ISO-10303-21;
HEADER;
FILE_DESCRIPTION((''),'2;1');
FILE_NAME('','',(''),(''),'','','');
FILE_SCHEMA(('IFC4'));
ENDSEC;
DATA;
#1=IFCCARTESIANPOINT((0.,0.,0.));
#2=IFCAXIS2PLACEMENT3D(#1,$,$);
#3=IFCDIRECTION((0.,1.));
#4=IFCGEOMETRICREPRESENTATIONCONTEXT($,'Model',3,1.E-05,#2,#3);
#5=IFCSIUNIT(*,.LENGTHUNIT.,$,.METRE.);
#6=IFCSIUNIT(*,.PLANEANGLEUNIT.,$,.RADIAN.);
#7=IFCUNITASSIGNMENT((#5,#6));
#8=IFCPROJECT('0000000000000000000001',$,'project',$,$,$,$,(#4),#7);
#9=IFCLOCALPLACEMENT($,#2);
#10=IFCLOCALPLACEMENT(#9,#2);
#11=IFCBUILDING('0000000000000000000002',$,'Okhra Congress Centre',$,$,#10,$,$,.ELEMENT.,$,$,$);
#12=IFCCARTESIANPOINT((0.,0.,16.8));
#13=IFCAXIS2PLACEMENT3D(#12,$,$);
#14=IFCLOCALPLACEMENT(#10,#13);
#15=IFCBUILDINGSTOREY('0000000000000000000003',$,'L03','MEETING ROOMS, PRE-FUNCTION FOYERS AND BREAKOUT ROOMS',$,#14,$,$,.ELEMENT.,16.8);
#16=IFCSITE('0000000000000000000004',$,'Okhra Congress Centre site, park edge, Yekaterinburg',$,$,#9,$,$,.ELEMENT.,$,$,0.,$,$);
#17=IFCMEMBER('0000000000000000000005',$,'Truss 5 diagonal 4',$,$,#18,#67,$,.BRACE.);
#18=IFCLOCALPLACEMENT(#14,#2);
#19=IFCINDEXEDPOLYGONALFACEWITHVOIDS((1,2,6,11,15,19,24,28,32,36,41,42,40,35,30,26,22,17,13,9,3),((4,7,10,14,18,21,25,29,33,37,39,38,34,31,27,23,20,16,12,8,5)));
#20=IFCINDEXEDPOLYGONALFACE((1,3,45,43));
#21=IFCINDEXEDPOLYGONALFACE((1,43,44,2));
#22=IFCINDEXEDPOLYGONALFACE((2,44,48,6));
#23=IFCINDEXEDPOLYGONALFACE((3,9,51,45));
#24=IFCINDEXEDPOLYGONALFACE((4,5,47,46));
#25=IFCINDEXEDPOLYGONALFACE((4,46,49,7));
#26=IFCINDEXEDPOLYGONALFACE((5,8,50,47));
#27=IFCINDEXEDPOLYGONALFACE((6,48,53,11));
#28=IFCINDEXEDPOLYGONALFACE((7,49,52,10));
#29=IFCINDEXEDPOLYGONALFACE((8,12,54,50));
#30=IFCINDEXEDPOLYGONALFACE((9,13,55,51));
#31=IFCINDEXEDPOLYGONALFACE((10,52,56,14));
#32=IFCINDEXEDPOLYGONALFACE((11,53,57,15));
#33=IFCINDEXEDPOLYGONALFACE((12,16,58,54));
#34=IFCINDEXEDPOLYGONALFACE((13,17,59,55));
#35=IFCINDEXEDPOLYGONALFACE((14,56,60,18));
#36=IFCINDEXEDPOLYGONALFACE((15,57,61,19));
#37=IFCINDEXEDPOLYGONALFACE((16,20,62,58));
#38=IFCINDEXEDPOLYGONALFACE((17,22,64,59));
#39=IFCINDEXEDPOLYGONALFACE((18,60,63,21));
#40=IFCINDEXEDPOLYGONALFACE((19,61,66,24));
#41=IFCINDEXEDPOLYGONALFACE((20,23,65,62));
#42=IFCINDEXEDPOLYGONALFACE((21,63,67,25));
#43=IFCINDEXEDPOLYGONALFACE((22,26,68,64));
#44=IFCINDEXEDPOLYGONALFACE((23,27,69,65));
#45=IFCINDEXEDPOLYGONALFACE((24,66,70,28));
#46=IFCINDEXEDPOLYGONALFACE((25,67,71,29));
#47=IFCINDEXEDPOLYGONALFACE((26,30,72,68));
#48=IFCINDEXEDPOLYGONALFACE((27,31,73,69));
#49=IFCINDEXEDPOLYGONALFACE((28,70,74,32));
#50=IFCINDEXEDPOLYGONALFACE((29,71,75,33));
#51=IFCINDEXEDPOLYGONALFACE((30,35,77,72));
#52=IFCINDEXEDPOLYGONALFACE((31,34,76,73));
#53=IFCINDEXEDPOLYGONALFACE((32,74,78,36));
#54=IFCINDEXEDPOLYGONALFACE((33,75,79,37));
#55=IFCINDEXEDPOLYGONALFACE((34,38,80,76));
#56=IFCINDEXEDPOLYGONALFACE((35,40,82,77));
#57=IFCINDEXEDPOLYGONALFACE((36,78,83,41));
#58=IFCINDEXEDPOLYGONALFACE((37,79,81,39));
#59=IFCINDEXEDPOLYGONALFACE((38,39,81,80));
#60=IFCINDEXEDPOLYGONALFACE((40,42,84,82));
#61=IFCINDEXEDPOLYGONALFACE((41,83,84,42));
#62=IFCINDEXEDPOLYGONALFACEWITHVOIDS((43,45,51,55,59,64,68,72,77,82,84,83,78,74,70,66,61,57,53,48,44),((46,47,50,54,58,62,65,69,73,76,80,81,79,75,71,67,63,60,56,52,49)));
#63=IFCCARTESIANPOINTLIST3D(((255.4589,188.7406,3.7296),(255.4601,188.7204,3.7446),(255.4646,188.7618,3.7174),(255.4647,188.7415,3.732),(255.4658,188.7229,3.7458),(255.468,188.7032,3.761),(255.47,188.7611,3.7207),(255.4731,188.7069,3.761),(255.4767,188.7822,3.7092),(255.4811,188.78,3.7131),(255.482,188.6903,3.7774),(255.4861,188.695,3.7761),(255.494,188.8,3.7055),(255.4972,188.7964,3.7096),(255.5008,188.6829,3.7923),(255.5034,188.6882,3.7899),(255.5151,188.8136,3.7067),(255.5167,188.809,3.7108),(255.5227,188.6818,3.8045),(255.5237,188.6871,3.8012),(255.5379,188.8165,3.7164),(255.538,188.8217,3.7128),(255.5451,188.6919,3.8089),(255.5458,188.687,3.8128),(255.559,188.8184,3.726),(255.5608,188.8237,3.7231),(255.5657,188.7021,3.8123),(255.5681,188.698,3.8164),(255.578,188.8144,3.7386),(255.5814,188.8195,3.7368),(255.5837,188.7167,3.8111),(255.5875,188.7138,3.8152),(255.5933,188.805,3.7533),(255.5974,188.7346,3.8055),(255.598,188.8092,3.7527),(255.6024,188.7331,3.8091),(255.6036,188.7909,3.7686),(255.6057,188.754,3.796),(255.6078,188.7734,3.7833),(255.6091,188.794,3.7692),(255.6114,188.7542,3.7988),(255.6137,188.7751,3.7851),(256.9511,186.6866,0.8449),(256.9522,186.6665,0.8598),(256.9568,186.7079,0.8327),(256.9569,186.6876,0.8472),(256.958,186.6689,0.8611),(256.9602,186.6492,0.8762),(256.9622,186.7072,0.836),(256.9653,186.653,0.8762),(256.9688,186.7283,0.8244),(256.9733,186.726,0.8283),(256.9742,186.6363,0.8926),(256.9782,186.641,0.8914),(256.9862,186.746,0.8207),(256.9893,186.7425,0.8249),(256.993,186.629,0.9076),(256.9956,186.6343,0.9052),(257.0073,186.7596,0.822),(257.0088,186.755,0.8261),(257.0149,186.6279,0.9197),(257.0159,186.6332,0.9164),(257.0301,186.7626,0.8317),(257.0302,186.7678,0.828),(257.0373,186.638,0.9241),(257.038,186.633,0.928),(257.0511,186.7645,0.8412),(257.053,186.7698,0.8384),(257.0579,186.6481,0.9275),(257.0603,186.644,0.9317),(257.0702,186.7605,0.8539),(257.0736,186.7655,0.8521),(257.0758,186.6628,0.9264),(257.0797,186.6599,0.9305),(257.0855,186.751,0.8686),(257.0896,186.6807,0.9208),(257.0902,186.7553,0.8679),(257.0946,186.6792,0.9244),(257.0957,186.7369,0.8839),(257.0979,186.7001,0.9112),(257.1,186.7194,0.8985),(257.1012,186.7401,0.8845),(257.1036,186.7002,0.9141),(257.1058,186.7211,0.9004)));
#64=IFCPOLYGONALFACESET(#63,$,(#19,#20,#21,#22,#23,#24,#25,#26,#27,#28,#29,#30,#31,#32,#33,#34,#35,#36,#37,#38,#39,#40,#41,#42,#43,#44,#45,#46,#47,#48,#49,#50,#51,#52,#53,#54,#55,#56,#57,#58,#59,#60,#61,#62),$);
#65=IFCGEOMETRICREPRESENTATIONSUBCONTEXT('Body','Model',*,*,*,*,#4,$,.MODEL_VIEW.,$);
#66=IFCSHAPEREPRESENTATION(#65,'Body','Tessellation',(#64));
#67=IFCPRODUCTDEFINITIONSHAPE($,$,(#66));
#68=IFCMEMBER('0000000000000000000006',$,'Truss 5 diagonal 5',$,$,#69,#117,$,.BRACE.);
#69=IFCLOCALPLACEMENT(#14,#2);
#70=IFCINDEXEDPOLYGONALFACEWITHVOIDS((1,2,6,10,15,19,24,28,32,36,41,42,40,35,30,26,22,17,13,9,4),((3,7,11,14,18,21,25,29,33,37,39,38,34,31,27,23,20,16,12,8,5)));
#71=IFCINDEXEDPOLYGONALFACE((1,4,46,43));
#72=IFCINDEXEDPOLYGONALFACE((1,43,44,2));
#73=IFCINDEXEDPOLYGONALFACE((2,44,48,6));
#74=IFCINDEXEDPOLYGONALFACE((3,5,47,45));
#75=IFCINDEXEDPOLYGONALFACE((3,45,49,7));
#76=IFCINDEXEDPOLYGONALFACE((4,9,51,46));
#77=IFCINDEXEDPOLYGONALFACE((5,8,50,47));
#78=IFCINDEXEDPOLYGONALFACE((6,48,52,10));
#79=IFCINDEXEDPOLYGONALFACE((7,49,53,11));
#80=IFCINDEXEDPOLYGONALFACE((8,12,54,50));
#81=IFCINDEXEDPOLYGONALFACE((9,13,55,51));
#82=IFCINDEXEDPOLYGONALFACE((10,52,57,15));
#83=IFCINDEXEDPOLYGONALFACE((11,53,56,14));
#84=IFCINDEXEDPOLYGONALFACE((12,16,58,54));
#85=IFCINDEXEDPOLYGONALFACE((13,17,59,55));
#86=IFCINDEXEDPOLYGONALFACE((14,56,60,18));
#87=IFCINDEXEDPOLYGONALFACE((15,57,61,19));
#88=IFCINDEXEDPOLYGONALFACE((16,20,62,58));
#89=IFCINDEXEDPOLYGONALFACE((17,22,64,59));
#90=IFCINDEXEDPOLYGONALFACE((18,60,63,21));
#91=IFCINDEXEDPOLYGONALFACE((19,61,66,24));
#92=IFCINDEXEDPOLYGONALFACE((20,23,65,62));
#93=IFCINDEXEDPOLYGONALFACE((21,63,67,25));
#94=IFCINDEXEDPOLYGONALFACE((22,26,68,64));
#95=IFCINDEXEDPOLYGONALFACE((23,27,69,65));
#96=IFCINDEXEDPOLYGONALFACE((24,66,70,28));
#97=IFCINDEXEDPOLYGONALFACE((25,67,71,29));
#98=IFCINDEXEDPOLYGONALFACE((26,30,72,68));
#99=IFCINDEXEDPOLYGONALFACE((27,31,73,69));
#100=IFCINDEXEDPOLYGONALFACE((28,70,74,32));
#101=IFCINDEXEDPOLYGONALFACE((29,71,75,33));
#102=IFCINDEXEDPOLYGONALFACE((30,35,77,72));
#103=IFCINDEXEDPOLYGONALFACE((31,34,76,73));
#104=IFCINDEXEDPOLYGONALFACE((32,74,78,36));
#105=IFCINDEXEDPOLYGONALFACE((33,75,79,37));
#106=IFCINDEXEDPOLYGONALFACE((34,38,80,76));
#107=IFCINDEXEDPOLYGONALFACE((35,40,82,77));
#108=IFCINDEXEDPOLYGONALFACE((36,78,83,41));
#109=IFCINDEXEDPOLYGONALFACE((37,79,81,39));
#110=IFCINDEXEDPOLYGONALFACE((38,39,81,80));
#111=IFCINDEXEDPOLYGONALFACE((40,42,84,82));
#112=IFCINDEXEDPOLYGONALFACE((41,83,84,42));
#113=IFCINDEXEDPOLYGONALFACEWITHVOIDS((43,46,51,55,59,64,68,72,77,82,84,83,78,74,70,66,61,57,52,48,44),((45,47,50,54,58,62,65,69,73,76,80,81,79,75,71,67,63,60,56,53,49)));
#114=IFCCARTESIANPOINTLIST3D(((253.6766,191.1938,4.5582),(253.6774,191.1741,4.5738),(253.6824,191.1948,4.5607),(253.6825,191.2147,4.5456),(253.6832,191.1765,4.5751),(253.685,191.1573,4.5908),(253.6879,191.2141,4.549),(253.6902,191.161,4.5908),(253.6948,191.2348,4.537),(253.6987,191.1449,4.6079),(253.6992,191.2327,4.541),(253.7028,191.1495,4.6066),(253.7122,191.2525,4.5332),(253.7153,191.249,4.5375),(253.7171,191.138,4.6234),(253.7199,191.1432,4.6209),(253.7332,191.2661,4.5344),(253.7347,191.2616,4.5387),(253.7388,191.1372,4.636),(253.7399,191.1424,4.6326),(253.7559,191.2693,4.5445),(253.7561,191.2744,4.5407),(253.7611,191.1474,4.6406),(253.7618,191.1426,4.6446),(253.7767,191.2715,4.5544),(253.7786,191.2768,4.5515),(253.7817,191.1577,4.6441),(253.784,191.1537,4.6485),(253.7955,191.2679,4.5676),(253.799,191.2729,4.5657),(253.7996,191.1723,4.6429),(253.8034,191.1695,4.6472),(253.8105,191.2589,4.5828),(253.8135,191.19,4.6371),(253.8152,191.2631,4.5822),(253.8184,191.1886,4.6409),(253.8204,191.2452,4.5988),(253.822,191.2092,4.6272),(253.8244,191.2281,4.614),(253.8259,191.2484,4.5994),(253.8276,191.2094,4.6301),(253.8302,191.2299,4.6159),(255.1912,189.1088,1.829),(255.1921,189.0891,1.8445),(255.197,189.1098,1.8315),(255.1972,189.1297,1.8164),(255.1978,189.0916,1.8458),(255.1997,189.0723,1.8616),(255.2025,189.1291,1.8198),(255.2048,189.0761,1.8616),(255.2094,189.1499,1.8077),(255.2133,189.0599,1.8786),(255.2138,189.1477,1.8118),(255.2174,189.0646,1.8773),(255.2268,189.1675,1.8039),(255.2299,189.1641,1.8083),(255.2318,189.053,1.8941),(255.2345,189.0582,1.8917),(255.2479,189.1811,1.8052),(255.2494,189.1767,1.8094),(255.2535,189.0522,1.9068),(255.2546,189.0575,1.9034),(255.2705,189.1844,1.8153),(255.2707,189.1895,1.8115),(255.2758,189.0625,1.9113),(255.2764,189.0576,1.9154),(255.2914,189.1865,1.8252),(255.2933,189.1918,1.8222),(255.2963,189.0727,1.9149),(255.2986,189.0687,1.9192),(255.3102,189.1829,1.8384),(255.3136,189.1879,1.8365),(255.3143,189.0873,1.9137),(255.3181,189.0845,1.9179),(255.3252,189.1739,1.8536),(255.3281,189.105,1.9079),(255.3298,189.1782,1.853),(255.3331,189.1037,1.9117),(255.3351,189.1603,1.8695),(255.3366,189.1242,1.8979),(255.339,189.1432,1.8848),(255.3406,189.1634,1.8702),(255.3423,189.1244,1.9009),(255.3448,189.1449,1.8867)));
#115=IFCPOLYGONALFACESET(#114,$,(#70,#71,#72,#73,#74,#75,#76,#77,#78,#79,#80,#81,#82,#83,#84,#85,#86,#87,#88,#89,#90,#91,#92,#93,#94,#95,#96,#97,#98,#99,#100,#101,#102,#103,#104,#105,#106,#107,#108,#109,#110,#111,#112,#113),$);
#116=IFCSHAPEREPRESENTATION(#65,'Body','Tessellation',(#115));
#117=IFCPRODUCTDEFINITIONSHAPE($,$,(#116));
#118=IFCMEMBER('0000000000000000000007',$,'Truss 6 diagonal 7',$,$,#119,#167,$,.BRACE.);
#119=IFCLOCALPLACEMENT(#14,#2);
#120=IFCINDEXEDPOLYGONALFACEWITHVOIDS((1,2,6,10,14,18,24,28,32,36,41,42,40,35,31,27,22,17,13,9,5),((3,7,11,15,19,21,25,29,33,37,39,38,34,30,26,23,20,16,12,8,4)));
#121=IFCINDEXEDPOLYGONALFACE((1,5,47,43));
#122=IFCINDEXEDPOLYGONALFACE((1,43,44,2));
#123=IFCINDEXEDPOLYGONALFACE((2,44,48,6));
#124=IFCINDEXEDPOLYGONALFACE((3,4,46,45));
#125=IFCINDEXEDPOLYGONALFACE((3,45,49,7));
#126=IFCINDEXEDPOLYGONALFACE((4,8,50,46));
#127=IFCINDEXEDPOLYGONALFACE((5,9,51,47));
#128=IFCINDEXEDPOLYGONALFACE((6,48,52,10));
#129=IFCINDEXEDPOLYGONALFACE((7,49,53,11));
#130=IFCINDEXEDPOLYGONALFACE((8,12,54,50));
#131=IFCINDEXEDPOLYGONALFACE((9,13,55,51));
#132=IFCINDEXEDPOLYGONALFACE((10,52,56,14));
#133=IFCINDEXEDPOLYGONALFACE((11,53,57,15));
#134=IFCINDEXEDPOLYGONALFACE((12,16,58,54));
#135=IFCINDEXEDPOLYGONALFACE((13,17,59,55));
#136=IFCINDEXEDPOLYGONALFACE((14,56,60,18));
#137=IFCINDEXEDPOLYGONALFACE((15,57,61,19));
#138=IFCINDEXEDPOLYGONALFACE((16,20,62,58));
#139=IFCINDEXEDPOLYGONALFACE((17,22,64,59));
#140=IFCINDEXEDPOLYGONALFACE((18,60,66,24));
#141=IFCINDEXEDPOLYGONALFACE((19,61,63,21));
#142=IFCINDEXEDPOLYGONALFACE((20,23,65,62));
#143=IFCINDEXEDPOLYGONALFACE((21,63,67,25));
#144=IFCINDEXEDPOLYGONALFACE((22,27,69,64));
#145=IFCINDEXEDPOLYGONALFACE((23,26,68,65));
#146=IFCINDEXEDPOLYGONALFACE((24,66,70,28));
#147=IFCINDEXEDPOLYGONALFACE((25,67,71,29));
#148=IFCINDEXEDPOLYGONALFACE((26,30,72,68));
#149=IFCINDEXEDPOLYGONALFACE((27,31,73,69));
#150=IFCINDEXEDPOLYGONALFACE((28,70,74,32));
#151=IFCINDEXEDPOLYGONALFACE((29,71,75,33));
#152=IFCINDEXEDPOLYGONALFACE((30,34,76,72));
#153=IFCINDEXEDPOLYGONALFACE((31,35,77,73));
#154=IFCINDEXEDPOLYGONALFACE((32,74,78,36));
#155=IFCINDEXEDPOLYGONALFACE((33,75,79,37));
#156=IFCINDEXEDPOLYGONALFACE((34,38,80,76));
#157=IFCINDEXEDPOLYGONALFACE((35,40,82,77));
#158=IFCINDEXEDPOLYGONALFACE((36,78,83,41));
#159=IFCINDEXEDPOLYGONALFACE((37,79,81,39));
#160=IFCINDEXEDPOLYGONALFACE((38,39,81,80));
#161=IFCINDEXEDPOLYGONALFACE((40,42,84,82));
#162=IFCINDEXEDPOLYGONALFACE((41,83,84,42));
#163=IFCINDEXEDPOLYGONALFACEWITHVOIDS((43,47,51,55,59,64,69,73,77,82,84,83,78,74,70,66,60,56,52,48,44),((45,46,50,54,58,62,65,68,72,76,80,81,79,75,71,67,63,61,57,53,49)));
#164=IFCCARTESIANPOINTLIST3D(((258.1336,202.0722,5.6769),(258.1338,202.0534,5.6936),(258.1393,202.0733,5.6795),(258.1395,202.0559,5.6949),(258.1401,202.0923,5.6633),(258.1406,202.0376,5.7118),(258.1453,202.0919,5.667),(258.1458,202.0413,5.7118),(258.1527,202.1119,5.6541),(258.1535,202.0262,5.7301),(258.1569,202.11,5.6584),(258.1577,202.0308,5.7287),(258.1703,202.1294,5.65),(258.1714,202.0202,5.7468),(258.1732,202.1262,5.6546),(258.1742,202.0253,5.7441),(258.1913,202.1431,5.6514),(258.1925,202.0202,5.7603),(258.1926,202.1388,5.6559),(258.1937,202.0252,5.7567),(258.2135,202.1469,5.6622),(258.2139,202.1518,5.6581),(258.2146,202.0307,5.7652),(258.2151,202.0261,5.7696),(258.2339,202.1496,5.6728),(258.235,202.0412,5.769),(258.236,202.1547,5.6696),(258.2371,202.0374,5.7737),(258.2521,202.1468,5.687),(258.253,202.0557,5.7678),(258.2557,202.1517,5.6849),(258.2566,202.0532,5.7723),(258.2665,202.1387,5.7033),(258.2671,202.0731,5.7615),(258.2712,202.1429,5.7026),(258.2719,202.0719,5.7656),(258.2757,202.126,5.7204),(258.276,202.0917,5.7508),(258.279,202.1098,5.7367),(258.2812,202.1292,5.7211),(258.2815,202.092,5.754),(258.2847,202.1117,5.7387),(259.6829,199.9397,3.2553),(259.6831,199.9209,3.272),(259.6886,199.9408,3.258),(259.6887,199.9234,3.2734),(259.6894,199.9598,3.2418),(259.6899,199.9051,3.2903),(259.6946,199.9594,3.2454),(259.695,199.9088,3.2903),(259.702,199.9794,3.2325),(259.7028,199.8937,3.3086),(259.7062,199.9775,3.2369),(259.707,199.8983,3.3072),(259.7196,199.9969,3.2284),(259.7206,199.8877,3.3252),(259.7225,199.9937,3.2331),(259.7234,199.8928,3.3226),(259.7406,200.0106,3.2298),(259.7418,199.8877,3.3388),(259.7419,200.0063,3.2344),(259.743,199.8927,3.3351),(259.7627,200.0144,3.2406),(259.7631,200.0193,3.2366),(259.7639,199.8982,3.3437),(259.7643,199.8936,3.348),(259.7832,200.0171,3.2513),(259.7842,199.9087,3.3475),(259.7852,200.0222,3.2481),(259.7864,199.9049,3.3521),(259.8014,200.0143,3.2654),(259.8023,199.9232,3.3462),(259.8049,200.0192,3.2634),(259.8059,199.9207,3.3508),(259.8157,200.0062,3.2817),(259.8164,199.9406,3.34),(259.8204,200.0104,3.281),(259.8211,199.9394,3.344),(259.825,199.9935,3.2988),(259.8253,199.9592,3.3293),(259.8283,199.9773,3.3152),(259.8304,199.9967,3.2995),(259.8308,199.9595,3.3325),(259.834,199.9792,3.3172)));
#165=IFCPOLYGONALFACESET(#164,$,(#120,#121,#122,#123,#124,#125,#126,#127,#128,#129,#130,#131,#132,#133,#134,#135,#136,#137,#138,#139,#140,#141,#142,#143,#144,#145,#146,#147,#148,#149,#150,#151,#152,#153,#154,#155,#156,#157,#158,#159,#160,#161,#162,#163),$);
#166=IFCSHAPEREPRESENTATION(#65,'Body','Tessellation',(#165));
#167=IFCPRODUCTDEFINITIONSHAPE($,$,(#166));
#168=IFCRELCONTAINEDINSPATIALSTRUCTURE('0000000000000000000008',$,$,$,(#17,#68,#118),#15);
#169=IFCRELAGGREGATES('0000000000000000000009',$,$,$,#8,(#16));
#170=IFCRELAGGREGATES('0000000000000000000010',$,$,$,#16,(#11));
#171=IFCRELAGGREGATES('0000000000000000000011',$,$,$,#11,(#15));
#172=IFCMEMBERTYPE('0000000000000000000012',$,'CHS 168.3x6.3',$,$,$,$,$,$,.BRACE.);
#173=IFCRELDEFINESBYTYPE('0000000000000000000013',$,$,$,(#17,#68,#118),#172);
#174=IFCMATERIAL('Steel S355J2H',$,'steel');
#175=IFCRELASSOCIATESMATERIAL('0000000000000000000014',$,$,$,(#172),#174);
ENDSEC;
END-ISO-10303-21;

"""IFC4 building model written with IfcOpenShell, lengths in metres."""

from ifc_helpers import new_model, si_unit, direction, frame, origin, origin_2d, place, context, subcontext, project, spatial, hollow_circle, extrude, material, material_profile, profile_set, type_object, element, save


model = new_model("IFC4")

# Units and contexts
model_context = context("Model", 3, precision=1e-05, world=origin(), true_north=direction((0.0, 1.0)))
body_context = subcontext(model_context, "Body", "Model", "MODEL_VIEW")
ifc_project = project(units=[si_unit("LENGTHUNIT", "METRE"), si_unit("PLANEANGLEUNIT", "RADIAN")], contexts=[model_context])

# Site, building, storey
site_placement = place(None, origin())
site = spatial("IfcSite", under=ifc_project, at=site_placement, Name="Okhra Congress Centre site, park edge, Yekaterinburg", CompositionType="ELEMENT", RefElevation=0.0)
building_placement = place(site_placement, origin())
building = spatial("IfcBuilding", under=site, at=building_placement, Name="Okhra Congress Centre", CompositionType="ELEMENT")
storey_placement = place(building_placement, frame((0.0, 0.0, 16.8)))
storey = spatial("IfcBuildingStorey", under=building, at=storey_placement, Name="L03", Description="MEETING ROOMS, PRE-FUNCTION FOYERS AND BREAKOUT ROOMS", CompositionType="ELEMENT", Elevation=16.8)

# Members
ifc_material_1 = material(Name="Steel S355J2H", Category="steel")
ifc_material_profile_1 = material_profile(ifc_material_1, hollow_circle(Radius=0.0842, WallThickness=0.0063, at=origin_2d()), Name="CHS 168.3x6.3")
ifc_profile_set_1 = profile_set([ifc_material_profile_1], Name="Steel S355J2H")
member_type_1 = type_object("IfcMemberType", Name="CHS 168.3x6.3", PredefinedType="BRACE", material=ifc_profile_set_1)
member_1_placement = place(storey_placement, frame((257.0283, 186.6987, 0.8762), z_axis=(-0.388306, 0.534492, 0.750691), x_axis=(-0.809035, -0.58776, 0.0)))
element("IfcMember", 1, at=member_1_placement, inside=storey, type_object=member_type_1, Name="Truss 5 diagonal 4", PredefinedType="BRACE", context=body_context, shape_type="SweptSolid", body=[
    extrude(hollow_circle(Radius=0.0842, WallThickness=0.0063, at=origin_2d()), origin(), (0.0, 0.0, 1.0), 3.8428),
])
member_2_placement = place(storey_placement, frame((255.2678, 189.1218, 1.8616), z_axis=(-0.403512, 0.555446, 0.727088), x_axis=(-0.809047, -0.587744, 0.0)))
element("IfcMember", 2, at=member_2_placement, inside=storey, type_object=member_type_1, Name="Truss 5 diagonal 5", PredefinedType="BRACE", context=body_context, shape_type="SweptSolid", body=[
    extrude(hollow_circle(Radius=0.0842, WallThickness=0.0063, at=origin_2d()), origin(), (0.0, 0.0, 1.0), 3.7537),
])
member_3_placement = place(storey_placement, frame((259.7581, 199.9546, 3.2903), z_axis=(-0.432835, 0.59578, 0.676535), x_axis=(-0.809032, -0.587764, 0.0)))
element("IfcMember", 3, at=member_3_placement, inside=storey, type_object=member_type_1, Name="Truss 6 diagonal 7", PredefinedType="BRACE", context=body_context, shape_type="SweptSolid", body=[
    extrude(hollow_circle(Radius=0.0842, WallThickness=0.0063, at=origin_2d()), origin(), (0.0, 0.0, 1.0), 3.5793),
])

save(model, "model.ifc")
